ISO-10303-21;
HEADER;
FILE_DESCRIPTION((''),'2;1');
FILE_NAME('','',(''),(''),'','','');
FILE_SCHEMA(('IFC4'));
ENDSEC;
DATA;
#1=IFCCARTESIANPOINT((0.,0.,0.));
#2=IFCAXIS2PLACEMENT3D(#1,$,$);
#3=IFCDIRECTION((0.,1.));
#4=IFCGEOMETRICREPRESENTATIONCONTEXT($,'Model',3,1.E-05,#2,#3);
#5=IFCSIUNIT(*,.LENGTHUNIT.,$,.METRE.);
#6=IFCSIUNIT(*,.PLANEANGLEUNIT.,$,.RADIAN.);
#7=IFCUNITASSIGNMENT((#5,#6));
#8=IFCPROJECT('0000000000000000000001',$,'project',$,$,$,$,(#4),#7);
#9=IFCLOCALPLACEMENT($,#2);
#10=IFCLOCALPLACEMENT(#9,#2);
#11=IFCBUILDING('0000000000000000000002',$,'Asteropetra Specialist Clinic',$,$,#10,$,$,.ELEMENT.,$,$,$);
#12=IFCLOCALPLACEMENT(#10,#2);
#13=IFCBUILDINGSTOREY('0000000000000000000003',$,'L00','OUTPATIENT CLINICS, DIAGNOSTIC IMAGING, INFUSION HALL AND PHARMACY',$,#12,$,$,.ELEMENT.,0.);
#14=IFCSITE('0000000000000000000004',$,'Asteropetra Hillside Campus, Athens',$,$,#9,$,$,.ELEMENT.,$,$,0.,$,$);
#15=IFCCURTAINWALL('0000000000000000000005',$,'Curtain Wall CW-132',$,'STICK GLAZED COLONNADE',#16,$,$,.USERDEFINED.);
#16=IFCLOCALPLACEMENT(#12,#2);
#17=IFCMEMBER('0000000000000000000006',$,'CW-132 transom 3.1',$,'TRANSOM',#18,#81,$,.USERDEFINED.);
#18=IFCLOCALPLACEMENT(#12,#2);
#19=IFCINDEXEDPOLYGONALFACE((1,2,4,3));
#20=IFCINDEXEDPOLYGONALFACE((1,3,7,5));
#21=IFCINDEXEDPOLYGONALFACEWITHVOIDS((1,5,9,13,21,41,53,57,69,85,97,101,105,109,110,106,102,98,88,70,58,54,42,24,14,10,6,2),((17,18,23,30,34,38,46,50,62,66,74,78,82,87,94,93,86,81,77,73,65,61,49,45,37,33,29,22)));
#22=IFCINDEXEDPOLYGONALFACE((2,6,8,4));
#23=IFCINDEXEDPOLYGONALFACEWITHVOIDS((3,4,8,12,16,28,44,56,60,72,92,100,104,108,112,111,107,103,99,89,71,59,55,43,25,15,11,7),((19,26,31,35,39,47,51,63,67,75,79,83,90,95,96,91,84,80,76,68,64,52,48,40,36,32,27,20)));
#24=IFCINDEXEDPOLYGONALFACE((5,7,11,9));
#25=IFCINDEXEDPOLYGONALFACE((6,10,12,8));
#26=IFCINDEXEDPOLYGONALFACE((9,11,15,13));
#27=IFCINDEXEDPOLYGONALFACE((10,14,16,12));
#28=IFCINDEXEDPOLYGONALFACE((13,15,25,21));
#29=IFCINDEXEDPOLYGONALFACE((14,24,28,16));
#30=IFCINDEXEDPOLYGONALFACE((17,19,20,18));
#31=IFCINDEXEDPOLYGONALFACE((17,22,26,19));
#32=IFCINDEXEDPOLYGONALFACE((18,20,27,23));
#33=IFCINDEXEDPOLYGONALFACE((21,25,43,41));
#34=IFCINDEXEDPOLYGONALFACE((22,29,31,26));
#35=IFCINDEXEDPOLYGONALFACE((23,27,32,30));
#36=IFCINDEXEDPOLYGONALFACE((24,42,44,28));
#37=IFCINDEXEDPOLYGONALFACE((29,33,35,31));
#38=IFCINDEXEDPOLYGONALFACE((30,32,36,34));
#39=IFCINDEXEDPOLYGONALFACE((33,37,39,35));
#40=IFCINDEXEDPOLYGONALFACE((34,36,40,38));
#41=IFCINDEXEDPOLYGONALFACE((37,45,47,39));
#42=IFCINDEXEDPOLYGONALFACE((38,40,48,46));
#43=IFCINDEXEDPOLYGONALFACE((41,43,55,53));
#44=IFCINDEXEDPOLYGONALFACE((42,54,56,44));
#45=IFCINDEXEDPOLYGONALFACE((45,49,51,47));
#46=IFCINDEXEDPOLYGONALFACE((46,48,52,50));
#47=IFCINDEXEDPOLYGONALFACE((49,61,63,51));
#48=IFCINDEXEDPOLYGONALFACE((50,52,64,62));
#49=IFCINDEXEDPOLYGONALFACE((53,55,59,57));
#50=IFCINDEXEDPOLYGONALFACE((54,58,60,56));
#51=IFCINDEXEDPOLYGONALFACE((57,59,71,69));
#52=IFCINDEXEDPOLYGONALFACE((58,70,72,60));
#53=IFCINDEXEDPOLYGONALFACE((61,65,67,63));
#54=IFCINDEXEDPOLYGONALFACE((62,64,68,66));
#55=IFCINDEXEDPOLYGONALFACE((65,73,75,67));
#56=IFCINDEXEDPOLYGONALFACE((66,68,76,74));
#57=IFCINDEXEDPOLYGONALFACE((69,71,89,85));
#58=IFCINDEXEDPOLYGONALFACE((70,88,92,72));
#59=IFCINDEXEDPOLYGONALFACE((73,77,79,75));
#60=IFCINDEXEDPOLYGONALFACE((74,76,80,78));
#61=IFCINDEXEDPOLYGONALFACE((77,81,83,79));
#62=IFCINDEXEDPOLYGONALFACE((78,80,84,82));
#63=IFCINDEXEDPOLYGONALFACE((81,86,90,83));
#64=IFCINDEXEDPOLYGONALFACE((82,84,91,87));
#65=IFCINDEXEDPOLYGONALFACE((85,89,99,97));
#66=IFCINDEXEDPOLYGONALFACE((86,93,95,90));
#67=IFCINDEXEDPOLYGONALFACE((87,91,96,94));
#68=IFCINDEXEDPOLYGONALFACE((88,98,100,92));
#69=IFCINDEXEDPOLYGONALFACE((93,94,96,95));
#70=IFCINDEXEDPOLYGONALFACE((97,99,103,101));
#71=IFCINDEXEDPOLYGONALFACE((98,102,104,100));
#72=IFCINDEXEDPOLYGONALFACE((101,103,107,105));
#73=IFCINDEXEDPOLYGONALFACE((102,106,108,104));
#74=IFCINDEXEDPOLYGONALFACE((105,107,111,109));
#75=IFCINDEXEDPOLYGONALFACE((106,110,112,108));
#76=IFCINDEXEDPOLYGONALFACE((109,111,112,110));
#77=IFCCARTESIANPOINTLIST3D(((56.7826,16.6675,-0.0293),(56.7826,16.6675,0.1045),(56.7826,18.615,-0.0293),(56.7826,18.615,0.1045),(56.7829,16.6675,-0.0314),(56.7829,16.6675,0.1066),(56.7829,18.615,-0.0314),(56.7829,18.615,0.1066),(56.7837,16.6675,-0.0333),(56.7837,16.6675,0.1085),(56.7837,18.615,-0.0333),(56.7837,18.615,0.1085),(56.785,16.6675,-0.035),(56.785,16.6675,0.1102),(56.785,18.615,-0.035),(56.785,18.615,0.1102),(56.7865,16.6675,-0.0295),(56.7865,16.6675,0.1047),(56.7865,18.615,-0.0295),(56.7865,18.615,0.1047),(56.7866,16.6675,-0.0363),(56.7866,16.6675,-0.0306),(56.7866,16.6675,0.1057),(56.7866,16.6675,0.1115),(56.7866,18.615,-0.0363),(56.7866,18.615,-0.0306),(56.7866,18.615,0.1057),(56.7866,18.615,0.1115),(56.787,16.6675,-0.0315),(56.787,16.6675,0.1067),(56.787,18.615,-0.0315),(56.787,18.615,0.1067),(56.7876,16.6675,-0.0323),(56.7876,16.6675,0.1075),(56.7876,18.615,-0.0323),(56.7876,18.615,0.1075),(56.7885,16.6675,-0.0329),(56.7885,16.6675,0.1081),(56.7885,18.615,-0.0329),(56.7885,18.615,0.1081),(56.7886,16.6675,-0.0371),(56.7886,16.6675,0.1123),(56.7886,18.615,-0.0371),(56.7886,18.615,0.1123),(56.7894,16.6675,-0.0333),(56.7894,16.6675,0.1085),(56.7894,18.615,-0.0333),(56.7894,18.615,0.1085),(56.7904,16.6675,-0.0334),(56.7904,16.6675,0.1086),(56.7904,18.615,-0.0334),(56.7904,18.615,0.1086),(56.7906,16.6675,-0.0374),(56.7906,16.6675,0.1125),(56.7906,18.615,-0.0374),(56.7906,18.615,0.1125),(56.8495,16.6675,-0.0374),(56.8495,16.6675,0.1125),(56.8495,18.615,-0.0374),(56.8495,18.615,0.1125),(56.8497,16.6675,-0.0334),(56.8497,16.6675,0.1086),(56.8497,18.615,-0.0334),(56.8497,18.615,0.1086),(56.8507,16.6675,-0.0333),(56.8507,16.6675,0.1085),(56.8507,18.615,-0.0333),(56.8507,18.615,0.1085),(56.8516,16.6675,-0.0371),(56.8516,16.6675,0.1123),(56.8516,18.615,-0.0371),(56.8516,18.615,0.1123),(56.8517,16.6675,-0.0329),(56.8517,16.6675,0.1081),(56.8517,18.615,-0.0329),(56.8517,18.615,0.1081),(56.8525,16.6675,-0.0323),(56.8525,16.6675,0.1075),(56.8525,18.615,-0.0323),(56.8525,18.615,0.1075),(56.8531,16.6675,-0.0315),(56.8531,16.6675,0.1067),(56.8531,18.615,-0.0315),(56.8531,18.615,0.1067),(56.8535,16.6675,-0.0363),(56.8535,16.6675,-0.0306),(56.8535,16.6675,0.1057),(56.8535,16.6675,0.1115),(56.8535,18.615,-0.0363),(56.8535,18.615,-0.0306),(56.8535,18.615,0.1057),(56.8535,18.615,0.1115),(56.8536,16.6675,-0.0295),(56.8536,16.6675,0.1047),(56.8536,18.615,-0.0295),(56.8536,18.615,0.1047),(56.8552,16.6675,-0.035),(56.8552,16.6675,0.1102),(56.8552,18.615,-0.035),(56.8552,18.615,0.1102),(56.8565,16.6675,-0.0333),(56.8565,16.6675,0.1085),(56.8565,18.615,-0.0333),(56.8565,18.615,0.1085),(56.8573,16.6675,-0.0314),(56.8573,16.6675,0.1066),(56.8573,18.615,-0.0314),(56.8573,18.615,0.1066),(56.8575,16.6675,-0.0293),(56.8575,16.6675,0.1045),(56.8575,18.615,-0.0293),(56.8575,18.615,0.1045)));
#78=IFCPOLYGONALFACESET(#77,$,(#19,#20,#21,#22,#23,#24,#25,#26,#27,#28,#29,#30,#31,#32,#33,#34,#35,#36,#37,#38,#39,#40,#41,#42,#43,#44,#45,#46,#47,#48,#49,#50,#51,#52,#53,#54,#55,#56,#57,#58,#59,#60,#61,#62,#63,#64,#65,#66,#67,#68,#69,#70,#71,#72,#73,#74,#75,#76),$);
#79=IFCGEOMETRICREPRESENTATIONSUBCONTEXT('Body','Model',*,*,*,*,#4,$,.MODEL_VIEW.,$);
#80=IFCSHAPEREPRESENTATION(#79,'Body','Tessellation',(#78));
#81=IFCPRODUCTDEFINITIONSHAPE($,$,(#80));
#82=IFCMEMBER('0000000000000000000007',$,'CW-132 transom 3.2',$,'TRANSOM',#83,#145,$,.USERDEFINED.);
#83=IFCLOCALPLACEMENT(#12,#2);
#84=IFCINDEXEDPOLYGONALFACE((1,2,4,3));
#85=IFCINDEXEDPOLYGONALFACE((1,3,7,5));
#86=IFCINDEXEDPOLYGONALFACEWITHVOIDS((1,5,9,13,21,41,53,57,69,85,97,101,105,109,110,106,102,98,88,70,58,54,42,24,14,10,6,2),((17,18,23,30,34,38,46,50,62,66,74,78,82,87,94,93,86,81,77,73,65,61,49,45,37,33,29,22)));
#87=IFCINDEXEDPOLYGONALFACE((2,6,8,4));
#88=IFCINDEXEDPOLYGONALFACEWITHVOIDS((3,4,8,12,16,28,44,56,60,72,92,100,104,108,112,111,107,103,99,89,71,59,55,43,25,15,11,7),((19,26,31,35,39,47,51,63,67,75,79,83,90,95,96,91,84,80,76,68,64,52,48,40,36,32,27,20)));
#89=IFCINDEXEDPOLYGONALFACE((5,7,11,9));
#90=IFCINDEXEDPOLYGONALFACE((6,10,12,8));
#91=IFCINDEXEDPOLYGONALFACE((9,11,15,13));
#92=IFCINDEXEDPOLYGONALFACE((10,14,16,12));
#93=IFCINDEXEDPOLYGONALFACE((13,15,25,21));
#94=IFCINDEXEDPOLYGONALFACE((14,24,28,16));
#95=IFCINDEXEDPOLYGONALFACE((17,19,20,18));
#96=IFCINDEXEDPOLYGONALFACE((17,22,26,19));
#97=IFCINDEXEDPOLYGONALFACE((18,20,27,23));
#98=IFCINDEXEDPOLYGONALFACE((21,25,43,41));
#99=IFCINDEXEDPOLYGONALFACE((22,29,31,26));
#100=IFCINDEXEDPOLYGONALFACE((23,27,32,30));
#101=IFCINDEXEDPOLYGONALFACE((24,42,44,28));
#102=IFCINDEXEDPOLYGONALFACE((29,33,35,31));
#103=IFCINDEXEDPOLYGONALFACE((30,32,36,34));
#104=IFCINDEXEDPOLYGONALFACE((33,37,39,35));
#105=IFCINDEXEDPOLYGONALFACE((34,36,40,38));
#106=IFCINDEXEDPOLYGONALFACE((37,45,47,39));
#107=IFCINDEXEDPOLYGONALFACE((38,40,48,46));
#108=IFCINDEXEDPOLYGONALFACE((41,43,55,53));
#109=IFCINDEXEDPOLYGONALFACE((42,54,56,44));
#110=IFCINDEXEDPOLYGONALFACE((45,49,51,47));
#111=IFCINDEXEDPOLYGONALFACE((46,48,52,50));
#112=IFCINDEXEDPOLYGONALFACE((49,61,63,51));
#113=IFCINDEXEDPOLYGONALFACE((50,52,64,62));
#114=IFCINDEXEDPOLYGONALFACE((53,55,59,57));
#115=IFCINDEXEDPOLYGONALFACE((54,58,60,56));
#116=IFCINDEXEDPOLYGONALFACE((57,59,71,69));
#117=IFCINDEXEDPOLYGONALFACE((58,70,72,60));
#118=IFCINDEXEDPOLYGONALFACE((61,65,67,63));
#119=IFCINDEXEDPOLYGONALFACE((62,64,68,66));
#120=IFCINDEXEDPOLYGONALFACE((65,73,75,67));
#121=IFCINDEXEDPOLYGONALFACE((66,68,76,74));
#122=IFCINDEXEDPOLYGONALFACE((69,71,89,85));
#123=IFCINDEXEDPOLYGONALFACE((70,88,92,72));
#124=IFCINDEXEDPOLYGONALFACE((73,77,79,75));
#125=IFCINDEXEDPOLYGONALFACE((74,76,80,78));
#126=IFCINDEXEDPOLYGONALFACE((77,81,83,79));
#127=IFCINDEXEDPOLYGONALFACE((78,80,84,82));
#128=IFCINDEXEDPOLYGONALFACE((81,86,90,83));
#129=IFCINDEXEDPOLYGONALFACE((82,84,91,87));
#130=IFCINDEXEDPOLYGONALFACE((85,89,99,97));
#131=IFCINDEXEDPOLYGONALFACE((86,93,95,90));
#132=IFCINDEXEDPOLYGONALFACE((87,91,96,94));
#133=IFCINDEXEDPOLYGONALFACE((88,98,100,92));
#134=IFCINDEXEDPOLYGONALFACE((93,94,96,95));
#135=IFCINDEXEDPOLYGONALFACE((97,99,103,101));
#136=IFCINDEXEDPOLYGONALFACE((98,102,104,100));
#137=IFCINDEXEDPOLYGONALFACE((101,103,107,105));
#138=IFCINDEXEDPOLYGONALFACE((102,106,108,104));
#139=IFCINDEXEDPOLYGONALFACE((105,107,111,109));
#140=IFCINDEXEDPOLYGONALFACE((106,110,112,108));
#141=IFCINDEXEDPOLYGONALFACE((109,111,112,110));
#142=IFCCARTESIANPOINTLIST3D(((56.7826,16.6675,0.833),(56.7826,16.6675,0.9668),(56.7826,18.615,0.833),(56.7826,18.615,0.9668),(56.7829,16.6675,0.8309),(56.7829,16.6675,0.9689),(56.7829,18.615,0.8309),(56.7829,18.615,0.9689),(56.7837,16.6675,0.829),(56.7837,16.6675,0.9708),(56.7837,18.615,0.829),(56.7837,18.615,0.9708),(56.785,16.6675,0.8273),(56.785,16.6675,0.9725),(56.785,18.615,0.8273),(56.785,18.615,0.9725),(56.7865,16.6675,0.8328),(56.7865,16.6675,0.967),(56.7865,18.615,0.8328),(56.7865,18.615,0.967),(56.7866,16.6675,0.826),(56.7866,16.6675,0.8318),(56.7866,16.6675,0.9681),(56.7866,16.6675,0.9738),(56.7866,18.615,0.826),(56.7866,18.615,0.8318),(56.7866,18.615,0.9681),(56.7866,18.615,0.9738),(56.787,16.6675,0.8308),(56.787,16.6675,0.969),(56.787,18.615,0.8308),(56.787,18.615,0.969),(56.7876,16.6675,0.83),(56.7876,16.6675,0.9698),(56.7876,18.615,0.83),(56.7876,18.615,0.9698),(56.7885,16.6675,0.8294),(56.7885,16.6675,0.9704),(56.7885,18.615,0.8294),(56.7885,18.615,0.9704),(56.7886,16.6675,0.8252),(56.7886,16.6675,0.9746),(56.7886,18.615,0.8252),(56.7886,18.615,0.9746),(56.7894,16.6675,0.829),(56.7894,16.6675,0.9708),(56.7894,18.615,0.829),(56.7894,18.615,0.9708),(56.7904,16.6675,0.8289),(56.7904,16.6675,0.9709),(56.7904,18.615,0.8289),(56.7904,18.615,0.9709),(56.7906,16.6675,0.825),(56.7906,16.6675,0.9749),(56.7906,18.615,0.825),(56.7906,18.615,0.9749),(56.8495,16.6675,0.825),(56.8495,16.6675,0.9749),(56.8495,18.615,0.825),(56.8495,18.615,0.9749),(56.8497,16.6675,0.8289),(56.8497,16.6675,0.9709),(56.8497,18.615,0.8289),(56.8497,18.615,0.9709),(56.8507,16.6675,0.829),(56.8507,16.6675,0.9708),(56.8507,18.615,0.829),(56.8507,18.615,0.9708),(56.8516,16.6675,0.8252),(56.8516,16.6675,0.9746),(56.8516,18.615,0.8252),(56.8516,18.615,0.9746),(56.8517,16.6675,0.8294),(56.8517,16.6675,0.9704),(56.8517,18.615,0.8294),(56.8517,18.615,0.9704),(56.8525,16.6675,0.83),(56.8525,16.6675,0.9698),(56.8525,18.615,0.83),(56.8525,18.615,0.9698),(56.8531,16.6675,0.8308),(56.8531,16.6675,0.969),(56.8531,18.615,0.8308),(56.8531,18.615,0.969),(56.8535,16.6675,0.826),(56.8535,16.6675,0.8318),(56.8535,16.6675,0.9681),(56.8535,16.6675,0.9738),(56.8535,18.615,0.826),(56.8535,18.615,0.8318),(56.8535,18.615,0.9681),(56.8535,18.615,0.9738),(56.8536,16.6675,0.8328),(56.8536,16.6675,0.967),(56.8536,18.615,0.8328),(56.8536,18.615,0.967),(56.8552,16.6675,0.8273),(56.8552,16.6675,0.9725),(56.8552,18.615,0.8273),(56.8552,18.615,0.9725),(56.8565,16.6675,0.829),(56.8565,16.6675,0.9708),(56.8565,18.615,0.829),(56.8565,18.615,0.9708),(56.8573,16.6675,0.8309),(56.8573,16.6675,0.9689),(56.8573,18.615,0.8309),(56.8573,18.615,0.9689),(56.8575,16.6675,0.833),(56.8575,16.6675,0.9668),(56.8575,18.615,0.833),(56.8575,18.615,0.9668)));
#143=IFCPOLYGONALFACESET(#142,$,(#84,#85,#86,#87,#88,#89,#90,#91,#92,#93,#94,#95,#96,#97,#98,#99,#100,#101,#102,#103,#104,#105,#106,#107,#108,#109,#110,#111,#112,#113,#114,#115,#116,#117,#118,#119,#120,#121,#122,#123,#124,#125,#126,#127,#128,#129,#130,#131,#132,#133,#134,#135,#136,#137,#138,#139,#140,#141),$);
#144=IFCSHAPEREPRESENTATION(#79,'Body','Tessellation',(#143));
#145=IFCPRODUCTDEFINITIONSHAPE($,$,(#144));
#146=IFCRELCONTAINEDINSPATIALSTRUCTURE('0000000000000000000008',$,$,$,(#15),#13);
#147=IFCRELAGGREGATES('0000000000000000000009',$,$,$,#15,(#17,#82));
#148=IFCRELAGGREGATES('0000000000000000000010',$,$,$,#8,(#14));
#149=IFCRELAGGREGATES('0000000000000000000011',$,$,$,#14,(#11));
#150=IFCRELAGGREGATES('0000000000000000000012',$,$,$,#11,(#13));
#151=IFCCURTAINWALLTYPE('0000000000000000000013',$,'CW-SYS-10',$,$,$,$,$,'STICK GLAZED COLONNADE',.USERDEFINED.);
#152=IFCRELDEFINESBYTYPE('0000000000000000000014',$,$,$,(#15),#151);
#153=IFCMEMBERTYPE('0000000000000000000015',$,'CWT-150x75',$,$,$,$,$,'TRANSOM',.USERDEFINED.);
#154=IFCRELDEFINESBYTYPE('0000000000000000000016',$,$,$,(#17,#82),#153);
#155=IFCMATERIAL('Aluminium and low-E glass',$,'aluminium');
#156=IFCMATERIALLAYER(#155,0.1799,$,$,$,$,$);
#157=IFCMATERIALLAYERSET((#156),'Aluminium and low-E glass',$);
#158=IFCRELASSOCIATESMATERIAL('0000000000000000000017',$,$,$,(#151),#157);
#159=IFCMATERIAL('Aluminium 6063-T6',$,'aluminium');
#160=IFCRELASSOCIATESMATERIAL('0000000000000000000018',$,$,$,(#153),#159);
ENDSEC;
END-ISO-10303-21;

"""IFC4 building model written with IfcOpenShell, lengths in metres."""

from ifc_helpers import new_model, si_unit, direction, frame, origin, origin_2d, place, context, subcontext, project, spatial, hollow_rectangle, extrude, material, layer, layer_set, material_profile, profile_set, type_object, element, aggregate, save


model = new_model("IFC4")

# Units and contexts
model_context = context("Model", 3, precision=1e-05, world=origin(), true_north=direction((0.0, 1.0)))
body_context = subcontext(model_context, "Body", "Model", "MODEL_VIEW")
ifc_project = project(units=[si_unit("LENGTHUNIT", "METRE"), si_unit("PLANEANGLEUNIT", "RADIAN")], contexts=[model_context])

# Site, building, storey
site_placement = place(None, origin())
site = spatial("IfcSite", under=ifc_project, at=site_placement, Name="Asteropetra Hillside Campus, Athens", CompositionType="ELEMENT", RefElevation=0.0)
building_placement = place(site_placement, origin())
building = spatial("IfcBuilding", under=site, at=building_placement, Name="Asteropetra Specialist Clinic", CompositionType="ELEMENT")
storey_placement = place(building_placement, origin())
storey = spatial("IfcBuildingStorey", under=building, at=storey_placement, Name="L00", Description="OUTPATIENT CLINICS, DIAGNOSTIC IMAGING, INFUSION HALL AND PHARMACY", CompositionType="ELEMENT", Elevation=0.0)

# Curtain wall, members
ifc_material_1 = material(Name="Aluminium and low-E glass", Category="aluminium")
ifc_layer_1 = layer(ifc_material_1, 0.1799)
ifc_layer_set_1 = layer_set([ifc_layer_1], Name="Aluminium and low-E glass")
curtain_wall_type = type_object("IfcCurtainWallType", Name="CW-SYS-10", ElementType="STICK GLAZED COLONNADE", PredefinedType="USERDEFINED", material=ifc_layer_set_1)
curtain_wall_placement = place(storey_placement, origin())
curtain_wall = element("IfcCurtainWall", 1, at=curtain_wall_placement, inside=storey, type_object=curtain_wall_type, Name="Curtain Wall CW-132", ObjectType="STICK GLAZED COLONNADE", PredefinedType="USERDEFINED")
ifc_material_2 = material(Name="Aluminium 6063-T6", Category="aluminium")
ifc_material_profile_1 = material_profile(ifc_material_2, hollow_rectangle(XDim=0.075, YDim=0.1499, WallThickness=0.0039, InnerFilletRadius=0.0039, OuterFilletRadius=0.0081, at=origin_2d()), Name="TRN 150x75x4.0")
ifc_profile_set_1 = profile_set([ifc_material_profile_1], Name="Aluminium 6063-T6")
member_type_1 = type_object("IfcMemberType", Name="CWT-150x75", ElementType="TRANSOM", PredefinedType="USERDEFINED", material=ifc_profile_set_1)
member_1_placement = place(storey_placement, frame((56.8201, 16.6675, 0.0376), z_axis=(0.0, 1.0, 0.0), x_axis=(-1.0, 0.0, 0.0)))
member_1 = element("IfcMember", 2, at=member_1_placement, type_object=member_type_1, Name="CW-132 transom 3.1", ObjectType="TRANSOM", PredefinedType="USERDEFINED", context=body_context, shape_type="SweptSolid", body=[
    extrude(hollow_rectangle(XDim=0.075, YDim=0.1499, WallThickness=0.0039, InnerFilletRadius=0.0039, OuterFilletRadius=0.0081, at=origin_2d()), origin(), (0.0, 0.0, 1.0), 1.9475),
])
member_2_placement = place(storey_placement, frame((56.8201, 16.6675, 0.8999), z_axis=(0.0, 1.0, 0.0), x_axis=(-1.0, 0.0, 0.0)))
member_2 = element("IfcMember", 3, at=member_2_placement, type_object=member_type_1, Name="CW-132 transom 3.2", ObjectType="TRANSOM", PredefinedType="USERDEFINED", context=body_context, shape_type="SweptSolid", body=[
    extrude(hollow_rectangle(XDim=0.075, YDim=0.1499, WallThickness=0.0039, InnerFilletRadius=0.0039, OuterFilletRadius=0.0081, at=origin_2d()), origin(), (0.0, 0.0, 1.0), 1.9475),
])

aggregate(curtain_wall, [member_1, member_2])

save(model, "model.ifc")
